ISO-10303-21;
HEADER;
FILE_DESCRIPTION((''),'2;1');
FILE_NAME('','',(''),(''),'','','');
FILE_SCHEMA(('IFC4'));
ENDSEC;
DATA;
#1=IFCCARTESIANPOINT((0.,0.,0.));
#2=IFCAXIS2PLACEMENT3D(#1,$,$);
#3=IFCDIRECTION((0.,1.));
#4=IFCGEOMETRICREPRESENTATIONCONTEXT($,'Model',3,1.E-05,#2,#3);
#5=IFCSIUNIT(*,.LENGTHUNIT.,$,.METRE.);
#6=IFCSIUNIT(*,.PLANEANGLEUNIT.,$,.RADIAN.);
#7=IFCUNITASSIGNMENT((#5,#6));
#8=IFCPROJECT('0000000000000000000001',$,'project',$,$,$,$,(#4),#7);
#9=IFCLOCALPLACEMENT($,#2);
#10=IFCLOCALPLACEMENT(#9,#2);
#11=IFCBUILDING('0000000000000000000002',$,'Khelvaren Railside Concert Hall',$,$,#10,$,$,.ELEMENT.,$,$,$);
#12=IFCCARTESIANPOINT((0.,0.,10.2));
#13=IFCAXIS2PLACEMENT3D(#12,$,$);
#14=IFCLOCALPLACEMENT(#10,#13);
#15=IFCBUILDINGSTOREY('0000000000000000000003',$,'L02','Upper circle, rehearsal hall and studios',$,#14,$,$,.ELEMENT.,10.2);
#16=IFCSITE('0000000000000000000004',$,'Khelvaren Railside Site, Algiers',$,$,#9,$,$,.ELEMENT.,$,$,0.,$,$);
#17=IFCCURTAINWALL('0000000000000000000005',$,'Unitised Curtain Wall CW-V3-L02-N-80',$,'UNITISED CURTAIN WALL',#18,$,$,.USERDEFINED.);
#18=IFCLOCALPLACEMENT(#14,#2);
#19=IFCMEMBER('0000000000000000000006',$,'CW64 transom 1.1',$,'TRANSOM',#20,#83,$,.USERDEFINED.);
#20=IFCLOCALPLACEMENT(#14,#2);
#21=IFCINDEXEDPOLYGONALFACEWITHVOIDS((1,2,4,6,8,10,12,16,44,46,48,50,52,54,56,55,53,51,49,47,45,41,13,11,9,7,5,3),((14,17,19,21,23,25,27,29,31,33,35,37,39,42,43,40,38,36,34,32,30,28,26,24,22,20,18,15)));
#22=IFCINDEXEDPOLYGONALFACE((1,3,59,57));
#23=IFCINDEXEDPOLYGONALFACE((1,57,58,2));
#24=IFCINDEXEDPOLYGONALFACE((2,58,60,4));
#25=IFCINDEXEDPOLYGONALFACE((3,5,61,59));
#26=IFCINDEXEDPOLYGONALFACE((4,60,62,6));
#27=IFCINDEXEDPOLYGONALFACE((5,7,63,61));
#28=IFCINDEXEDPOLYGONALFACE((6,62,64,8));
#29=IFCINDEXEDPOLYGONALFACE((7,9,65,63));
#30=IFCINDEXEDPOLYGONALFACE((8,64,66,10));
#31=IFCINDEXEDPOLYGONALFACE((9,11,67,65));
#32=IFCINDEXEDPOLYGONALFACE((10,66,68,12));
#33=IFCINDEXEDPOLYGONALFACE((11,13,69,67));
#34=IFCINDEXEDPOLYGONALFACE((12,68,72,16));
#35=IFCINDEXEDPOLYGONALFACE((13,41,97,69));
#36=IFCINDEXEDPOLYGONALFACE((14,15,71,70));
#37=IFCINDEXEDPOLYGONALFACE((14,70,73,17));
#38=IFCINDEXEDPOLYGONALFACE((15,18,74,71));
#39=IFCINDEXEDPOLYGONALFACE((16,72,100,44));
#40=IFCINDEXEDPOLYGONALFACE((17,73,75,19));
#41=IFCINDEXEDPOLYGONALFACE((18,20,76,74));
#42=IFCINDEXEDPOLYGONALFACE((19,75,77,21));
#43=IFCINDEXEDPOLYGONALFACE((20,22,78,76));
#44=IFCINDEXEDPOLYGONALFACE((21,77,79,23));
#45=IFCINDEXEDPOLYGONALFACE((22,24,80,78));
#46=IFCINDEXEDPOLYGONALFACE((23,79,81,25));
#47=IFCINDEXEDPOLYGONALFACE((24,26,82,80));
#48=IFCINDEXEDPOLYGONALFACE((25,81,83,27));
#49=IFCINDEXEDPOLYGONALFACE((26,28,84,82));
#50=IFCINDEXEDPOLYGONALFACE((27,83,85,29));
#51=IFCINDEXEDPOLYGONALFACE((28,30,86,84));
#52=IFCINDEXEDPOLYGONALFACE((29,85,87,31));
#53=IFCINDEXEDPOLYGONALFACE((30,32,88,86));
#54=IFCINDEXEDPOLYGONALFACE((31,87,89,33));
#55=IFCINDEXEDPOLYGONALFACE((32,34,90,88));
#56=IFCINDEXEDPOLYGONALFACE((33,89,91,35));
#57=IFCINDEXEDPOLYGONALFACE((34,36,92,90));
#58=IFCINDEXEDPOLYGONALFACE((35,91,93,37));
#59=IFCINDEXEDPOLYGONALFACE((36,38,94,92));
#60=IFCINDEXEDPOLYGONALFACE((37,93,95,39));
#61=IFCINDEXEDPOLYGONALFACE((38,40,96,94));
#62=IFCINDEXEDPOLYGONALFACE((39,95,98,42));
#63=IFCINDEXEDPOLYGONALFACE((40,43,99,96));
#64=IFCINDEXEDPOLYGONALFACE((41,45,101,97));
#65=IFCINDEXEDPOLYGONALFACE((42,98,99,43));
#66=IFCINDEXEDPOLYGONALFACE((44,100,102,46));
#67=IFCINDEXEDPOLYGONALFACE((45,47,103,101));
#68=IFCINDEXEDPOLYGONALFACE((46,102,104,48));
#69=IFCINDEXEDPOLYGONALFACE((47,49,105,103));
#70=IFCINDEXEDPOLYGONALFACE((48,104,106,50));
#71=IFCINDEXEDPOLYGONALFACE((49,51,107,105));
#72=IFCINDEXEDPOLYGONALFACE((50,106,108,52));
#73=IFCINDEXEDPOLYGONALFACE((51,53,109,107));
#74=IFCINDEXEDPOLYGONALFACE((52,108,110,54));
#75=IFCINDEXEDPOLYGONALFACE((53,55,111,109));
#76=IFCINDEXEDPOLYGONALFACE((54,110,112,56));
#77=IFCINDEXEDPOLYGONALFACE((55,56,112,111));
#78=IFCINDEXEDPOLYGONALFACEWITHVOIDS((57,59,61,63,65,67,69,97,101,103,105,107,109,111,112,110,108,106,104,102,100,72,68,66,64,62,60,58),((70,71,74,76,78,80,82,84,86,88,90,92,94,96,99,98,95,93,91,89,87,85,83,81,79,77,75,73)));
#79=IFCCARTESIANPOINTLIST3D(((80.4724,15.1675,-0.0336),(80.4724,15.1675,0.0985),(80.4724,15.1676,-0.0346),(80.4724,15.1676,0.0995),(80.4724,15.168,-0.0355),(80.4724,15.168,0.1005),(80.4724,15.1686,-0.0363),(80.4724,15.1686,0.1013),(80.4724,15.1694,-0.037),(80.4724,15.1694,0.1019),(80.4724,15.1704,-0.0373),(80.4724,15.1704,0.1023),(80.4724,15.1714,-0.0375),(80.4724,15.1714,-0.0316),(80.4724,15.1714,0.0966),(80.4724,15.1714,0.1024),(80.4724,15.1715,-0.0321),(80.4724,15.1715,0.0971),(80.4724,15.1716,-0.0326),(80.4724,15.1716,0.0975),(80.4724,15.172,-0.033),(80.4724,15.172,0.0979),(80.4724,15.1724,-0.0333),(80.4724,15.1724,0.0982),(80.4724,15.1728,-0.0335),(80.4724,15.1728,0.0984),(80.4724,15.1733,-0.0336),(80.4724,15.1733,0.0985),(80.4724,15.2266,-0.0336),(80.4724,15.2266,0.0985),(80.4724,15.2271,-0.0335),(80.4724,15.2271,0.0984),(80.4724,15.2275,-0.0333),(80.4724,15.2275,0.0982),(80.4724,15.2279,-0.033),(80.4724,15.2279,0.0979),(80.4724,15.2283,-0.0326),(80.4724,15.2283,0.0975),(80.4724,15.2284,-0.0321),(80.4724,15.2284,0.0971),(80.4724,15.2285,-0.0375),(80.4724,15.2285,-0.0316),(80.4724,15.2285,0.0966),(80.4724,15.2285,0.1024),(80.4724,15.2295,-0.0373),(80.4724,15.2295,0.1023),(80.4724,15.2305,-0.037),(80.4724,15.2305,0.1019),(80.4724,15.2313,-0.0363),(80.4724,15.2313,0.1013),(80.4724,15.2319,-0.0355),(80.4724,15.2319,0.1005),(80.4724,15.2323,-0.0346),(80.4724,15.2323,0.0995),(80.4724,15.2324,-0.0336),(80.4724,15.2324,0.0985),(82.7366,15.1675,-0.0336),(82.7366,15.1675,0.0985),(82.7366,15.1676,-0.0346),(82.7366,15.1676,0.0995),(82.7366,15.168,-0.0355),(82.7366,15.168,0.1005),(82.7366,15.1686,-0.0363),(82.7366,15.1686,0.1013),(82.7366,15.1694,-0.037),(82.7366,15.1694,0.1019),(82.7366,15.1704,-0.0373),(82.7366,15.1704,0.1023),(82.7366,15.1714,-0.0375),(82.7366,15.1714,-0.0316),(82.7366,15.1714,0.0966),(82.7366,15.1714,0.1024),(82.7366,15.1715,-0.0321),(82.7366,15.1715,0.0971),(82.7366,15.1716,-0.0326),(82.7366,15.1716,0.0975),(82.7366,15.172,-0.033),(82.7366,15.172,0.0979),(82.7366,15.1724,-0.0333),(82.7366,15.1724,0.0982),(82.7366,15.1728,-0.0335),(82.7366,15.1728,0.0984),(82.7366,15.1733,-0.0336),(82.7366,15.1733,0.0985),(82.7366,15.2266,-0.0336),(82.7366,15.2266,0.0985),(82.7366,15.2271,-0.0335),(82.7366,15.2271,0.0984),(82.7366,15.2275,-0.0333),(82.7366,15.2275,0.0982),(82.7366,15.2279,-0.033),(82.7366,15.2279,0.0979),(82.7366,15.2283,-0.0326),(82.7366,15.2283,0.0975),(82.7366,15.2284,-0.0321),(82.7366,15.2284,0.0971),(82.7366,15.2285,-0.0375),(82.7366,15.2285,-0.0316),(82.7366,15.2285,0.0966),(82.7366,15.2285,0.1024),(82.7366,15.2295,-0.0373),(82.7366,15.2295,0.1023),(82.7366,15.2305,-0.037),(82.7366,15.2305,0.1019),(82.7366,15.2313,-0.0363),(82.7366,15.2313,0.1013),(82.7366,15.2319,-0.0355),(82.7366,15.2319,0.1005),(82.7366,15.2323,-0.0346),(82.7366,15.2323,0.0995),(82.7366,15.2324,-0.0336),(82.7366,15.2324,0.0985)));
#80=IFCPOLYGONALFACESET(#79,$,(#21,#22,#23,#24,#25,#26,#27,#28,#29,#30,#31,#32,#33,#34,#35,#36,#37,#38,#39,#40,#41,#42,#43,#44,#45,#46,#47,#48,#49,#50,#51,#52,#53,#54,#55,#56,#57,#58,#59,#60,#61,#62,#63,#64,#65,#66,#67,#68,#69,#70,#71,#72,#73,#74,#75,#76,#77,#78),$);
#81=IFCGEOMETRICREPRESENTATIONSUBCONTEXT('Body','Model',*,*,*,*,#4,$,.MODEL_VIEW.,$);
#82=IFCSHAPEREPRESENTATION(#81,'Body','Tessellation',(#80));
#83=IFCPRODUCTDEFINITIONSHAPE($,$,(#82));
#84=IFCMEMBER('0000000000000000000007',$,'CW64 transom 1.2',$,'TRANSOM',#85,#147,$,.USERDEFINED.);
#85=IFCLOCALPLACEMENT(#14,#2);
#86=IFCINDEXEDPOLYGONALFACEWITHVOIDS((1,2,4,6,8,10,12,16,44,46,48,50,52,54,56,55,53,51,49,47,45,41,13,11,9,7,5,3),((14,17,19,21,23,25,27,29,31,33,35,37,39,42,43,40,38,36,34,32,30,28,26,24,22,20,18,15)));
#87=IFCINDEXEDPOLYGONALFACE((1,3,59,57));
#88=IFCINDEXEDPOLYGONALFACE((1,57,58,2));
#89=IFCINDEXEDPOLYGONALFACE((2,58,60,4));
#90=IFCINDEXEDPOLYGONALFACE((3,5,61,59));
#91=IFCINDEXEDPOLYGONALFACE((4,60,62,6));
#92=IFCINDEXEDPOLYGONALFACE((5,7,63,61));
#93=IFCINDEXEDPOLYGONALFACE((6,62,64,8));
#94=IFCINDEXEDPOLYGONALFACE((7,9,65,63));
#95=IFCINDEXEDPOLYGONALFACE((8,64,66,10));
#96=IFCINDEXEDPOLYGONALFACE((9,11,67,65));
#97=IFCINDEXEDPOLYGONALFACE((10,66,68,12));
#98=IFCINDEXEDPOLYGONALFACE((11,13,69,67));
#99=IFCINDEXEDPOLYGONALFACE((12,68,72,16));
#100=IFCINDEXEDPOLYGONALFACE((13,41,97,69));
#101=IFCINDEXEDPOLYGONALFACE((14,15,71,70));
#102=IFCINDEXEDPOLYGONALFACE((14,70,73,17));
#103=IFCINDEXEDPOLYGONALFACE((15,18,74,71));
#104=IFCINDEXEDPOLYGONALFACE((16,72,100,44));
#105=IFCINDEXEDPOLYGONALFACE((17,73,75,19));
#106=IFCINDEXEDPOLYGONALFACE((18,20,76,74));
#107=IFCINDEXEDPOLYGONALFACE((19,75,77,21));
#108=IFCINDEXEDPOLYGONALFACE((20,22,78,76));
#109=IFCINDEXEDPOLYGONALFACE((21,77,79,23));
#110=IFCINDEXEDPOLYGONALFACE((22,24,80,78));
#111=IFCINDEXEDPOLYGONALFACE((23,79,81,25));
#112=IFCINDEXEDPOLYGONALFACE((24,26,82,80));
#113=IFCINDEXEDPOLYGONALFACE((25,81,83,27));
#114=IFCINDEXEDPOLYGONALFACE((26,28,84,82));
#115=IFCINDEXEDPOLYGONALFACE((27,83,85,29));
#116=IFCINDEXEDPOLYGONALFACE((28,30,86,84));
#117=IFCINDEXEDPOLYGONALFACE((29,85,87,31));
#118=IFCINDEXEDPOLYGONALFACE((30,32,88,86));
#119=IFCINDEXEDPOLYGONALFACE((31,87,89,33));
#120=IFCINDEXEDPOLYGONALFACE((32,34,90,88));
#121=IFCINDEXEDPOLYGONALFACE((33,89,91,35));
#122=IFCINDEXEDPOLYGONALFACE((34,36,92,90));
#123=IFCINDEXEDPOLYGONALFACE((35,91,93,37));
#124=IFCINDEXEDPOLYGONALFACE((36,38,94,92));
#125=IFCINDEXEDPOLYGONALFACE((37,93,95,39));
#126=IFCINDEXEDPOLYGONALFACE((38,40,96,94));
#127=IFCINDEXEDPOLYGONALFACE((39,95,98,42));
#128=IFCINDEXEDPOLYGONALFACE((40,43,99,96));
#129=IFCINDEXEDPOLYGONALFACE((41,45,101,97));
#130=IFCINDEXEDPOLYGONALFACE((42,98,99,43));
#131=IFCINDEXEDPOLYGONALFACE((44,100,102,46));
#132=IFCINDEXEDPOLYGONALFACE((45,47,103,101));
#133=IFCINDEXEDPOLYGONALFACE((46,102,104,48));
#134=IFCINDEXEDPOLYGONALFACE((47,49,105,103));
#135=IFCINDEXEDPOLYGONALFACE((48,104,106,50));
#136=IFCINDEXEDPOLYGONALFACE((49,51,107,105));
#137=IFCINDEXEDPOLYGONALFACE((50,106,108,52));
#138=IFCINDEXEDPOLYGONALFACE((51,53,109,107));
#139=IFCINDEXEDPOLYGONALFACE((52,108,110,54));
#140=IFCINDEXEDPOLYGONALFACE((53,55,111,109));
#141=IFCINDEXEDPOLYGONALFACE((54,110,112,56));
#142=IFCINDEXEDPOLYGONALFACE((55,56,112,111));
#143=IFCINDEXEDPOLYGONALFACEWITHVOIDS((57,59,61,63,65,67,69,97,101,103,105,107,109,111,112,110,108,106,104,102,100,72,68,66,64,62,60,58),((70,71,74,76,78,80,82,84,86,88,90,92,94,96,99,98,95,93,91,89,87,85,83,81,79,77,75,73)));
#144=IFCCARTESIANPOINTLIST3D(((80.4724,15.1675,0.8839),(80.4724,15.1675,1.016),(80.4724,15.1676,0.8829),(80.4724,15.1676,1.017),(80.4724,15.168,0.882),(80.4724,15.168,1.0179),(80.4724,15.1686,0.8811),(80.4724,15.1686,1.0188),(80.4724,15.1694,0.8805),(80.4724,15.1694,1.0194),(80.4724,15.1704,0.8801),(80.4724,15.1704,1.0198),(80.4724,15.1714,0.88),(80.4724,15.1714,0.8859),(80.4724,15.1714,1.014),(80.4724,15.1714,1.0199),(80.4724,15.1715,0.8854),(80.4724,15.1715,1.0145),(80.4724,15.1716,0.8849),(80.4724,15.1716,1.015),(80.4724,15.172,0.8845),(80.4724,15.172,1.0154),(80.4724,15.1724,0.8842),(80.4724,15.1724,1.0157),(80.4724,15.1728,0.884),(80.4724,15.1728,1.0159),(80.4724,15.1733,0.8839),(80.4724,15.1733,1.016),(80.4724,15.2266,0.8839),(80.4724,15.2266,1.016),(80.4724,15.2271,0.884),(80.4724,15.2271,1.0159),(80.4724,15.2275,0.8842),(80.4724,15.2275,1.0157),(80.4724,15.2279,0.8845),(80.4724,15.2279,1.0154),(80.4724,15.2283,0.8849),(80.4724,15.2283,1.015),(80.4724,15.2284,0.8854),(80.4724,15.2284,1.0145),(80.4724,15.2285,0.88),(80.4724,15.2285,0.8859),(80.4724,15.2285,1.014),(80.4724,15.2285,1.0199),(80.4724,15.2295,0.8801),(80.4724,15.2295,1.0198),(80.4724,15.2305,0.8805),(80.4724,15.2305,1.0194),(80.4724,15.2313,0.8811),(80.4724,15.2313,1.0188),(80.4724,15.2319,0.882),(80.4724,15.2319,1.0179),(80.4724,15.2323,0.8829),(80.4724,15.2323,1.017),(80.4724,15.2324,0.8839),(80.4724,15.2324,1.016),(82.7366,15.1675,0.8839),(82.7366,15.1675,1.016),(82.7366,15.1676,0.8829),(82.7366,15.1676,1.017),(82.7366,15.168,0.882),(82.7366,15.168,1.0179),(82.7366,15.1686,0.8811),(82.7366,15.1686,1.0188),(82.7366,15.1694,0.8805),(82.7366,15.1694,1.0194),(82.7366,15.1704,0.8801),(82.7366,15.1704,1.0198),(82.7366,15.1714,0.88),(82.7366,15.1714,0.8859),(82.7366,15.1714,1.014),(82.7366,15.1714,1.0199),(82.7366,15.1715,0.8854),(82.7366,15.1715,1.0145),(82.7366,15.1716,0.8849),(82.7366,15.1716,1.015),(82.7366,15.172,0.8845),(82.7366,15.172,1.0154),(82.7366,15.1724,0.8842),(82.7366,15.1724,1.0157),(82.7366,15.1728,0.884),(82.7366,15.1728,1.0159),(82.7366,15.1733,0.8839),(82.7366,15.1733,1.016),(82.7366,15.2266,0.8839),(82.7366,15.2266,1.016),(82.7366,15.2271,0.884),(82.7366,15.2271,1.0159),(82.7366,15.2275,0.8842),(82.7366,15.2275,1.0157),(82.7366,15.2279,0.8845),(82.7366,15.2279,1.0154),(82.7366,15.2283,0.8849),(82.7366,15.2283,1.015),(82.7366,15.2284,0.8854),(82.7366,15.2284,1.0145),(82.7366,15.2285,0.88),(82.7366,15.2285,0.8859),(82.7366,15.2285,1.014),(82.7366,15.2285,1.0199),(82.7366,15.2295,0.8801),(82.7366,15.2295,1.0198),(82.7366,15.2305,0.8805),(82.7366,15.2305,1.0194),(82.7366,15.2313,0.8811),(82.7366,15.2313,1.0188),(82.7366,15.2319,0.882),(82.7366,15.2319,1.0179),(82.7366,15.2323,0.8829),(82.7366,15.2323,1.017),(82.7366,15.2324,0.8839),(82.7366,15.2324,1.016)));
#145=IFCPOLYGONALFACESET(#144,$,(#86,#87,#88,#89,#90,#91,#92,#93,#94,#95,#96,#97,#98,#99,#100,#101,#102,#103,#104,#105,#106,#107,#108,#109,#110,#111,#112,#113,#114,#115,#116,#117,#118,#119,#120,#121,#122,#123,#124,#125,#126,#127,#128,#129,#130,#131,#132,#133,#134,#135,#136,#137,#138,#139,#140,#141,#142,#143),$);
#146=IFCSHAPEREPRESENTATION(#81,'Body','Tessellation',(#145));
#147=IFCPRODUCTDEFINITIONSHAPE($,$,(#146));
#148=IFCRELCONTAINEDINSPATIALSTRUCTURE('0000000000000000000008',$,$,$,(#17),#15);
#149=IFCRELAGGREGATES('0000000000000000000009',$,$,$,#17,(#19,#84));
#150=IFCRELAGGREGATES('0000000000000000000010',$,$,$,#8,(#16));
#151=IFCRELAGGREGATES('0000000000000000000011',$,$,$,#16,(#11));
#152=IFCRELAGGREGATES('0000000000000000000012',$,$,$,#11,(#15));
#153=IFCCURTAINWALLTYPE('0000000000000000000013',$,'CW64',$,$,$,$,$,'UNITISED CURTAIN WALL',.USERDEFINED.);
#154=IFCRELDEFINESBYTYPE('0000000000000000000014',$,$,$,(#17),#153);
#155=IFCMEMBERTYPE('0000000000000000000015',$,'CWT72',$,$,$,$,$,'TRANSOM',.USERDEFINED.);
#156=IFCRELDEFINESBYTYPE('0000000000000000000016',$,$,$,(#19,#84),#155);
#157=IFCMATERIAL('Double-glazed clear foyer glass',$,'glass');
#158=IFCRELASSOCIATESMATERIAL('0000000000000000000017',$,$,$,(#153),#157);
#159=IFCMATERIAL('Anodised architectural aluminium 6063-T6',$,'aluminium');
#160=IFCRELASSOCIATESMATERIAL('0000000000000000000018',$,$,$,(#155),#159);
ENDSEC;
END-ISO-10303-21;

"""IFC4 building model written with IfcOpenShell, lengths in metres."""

from ifc_helpers import new_model, si_unit, direction, frame, origin, origin_2d, place, context, subcontext, project, spatial, hollow_rectangle, extrude, material, material_profile, profile_set, type_object, element, aggregate, save


model = new_model("IFC4")

# Units and contexts
model_context = context("Model", 3, precision=1e-05, world=origin(), true_north=direction((0.0, 1.0)))
body_context = subcontext(model_context, "Body", "Model", "MODEL_VIEW")
ifc_project = project(units=[si_unit("LENGTHUNIT", "METRE"), si_unit("PLANEANGLEUNIT", "RADIAN")], contexts=[model_context])

# Site, building, storey
site_placement = place(None, origin())
site = spatial("IfcSite", under=ifc_project, at=site_placement, Name="Khelvaren Railside Site, Algiers", CompositionType="ELEMENT", RefElevation=0.0)
building_placement = place(site_placement, origin())
building = spatial("IfcBuilding", under=site, at=building_placement, Name="Khelvaren Railside Concert Hall", CompositionType="ELEMENT")
storey_placement = place(building_placement, frame((0.0, 0.0, 10.2)))
storey = spatial("IfcBuildingStorey", under=building, at=storey_placement, Name="L02", Description="Upper circle, rehearsal hall and studios", CompositionType="ELEMENT", Elevation=10.2)

# Curtain wall, members
ifc_material_1 = material(Name="Double-glazed clear foyer glass", Category="glass")
curtain_wall_type = type_object("IfcCurtainWallType", Name="CW64", ElementType="UNITISED CURTAIN WALL", PredefinedType="USERDEFINED", material=ifc_material_1)
curtain_wall_placement = place(storey_placement, origin())
curtain_wall = element("IfcCurtainWall", 1, at=curtain_wall_placement, inside=storey, type_object=curtain_wall_type, Name="Unitised Curtain Wall CW-V3-L02-N-80", ObjectType="UNITISED CURTAIN WALL", PredefinedType="USERDEFINED")
ifc_material_2 = material(Name="Anodised architectural aluminium 6063-T6", Category="aluminium")
ifc_material_profile_1 = material_profile(ifc_material_2, hollow_rectangle(XDim=0.0649, YDim=0.1399, WallThickness=0.0039, InnerFilletRadius=0.002, OuterFilletRadius=0.0039, at=origin_2d()), Name="CWT 65x140x4")
ifc_profile_set_1 = profile_set([ifc_material_profile_1], Name="Anodised architectural aluminium 6063-T6")
member_type_1 = type_object("IfcMemberType", Name="CWT72", ElementType="TRANSOM", PredefinedType="USERDEFINED", material=ifc_profile_set_1)
member_1_placement = place(storey_placement, frame((80.4724, 15.2, 0.0325), z_axis=(1.0, 0.0, 0.0), x_axis=(0.0, 1.0, 0.0)))
member_1 = element("IfcMember", 2, at=member_1_placement, type_object=member_type_1, Name="CW64 transom 1.1", ObjectType="TRANSOM", PredefinedType="USERDEFINED", context=body_context, shape_type="SweptSolid", body=[
    extrude(hollow_rectangle(XDim=0.0649, YDim=0.1399, WallThickness=0.0039, InnerFilletRadius=0.002, OuterFilletRadius=0.0039, at=origin_2d()), origin(), (0.0, 0.0, 1.0), 2.2642),
])
member_2_placement = place(storey_placement, frame((80.4724, 15.2, 0.95), z_axis=(1.0, 0.0, 0.0), x_axis=(0.0, 1.0, 0.0)))
member_2 = element("IfcMember", 3, at=member_2_placement, type_object=member_type_1, Name="CW64 transom 1.2", ObjectType="TRANSOM", PredefinedType="USERDEFINED", context=body_context, shape_type="SweptSolid", body=[
    extrude(hollow_rectangle(XDim=0.0649, YDim=0.1399, WallThickness=0.0039, InnerFilletRadius=0.002, OuterFilletRadius=0.0039, at=origin_2d()), origin(), (0.0, 0.0, 1.0), 2.2642),
])
aggregate(curtain_wall, [member_1, member_2])

save(model, "model.ifc")
